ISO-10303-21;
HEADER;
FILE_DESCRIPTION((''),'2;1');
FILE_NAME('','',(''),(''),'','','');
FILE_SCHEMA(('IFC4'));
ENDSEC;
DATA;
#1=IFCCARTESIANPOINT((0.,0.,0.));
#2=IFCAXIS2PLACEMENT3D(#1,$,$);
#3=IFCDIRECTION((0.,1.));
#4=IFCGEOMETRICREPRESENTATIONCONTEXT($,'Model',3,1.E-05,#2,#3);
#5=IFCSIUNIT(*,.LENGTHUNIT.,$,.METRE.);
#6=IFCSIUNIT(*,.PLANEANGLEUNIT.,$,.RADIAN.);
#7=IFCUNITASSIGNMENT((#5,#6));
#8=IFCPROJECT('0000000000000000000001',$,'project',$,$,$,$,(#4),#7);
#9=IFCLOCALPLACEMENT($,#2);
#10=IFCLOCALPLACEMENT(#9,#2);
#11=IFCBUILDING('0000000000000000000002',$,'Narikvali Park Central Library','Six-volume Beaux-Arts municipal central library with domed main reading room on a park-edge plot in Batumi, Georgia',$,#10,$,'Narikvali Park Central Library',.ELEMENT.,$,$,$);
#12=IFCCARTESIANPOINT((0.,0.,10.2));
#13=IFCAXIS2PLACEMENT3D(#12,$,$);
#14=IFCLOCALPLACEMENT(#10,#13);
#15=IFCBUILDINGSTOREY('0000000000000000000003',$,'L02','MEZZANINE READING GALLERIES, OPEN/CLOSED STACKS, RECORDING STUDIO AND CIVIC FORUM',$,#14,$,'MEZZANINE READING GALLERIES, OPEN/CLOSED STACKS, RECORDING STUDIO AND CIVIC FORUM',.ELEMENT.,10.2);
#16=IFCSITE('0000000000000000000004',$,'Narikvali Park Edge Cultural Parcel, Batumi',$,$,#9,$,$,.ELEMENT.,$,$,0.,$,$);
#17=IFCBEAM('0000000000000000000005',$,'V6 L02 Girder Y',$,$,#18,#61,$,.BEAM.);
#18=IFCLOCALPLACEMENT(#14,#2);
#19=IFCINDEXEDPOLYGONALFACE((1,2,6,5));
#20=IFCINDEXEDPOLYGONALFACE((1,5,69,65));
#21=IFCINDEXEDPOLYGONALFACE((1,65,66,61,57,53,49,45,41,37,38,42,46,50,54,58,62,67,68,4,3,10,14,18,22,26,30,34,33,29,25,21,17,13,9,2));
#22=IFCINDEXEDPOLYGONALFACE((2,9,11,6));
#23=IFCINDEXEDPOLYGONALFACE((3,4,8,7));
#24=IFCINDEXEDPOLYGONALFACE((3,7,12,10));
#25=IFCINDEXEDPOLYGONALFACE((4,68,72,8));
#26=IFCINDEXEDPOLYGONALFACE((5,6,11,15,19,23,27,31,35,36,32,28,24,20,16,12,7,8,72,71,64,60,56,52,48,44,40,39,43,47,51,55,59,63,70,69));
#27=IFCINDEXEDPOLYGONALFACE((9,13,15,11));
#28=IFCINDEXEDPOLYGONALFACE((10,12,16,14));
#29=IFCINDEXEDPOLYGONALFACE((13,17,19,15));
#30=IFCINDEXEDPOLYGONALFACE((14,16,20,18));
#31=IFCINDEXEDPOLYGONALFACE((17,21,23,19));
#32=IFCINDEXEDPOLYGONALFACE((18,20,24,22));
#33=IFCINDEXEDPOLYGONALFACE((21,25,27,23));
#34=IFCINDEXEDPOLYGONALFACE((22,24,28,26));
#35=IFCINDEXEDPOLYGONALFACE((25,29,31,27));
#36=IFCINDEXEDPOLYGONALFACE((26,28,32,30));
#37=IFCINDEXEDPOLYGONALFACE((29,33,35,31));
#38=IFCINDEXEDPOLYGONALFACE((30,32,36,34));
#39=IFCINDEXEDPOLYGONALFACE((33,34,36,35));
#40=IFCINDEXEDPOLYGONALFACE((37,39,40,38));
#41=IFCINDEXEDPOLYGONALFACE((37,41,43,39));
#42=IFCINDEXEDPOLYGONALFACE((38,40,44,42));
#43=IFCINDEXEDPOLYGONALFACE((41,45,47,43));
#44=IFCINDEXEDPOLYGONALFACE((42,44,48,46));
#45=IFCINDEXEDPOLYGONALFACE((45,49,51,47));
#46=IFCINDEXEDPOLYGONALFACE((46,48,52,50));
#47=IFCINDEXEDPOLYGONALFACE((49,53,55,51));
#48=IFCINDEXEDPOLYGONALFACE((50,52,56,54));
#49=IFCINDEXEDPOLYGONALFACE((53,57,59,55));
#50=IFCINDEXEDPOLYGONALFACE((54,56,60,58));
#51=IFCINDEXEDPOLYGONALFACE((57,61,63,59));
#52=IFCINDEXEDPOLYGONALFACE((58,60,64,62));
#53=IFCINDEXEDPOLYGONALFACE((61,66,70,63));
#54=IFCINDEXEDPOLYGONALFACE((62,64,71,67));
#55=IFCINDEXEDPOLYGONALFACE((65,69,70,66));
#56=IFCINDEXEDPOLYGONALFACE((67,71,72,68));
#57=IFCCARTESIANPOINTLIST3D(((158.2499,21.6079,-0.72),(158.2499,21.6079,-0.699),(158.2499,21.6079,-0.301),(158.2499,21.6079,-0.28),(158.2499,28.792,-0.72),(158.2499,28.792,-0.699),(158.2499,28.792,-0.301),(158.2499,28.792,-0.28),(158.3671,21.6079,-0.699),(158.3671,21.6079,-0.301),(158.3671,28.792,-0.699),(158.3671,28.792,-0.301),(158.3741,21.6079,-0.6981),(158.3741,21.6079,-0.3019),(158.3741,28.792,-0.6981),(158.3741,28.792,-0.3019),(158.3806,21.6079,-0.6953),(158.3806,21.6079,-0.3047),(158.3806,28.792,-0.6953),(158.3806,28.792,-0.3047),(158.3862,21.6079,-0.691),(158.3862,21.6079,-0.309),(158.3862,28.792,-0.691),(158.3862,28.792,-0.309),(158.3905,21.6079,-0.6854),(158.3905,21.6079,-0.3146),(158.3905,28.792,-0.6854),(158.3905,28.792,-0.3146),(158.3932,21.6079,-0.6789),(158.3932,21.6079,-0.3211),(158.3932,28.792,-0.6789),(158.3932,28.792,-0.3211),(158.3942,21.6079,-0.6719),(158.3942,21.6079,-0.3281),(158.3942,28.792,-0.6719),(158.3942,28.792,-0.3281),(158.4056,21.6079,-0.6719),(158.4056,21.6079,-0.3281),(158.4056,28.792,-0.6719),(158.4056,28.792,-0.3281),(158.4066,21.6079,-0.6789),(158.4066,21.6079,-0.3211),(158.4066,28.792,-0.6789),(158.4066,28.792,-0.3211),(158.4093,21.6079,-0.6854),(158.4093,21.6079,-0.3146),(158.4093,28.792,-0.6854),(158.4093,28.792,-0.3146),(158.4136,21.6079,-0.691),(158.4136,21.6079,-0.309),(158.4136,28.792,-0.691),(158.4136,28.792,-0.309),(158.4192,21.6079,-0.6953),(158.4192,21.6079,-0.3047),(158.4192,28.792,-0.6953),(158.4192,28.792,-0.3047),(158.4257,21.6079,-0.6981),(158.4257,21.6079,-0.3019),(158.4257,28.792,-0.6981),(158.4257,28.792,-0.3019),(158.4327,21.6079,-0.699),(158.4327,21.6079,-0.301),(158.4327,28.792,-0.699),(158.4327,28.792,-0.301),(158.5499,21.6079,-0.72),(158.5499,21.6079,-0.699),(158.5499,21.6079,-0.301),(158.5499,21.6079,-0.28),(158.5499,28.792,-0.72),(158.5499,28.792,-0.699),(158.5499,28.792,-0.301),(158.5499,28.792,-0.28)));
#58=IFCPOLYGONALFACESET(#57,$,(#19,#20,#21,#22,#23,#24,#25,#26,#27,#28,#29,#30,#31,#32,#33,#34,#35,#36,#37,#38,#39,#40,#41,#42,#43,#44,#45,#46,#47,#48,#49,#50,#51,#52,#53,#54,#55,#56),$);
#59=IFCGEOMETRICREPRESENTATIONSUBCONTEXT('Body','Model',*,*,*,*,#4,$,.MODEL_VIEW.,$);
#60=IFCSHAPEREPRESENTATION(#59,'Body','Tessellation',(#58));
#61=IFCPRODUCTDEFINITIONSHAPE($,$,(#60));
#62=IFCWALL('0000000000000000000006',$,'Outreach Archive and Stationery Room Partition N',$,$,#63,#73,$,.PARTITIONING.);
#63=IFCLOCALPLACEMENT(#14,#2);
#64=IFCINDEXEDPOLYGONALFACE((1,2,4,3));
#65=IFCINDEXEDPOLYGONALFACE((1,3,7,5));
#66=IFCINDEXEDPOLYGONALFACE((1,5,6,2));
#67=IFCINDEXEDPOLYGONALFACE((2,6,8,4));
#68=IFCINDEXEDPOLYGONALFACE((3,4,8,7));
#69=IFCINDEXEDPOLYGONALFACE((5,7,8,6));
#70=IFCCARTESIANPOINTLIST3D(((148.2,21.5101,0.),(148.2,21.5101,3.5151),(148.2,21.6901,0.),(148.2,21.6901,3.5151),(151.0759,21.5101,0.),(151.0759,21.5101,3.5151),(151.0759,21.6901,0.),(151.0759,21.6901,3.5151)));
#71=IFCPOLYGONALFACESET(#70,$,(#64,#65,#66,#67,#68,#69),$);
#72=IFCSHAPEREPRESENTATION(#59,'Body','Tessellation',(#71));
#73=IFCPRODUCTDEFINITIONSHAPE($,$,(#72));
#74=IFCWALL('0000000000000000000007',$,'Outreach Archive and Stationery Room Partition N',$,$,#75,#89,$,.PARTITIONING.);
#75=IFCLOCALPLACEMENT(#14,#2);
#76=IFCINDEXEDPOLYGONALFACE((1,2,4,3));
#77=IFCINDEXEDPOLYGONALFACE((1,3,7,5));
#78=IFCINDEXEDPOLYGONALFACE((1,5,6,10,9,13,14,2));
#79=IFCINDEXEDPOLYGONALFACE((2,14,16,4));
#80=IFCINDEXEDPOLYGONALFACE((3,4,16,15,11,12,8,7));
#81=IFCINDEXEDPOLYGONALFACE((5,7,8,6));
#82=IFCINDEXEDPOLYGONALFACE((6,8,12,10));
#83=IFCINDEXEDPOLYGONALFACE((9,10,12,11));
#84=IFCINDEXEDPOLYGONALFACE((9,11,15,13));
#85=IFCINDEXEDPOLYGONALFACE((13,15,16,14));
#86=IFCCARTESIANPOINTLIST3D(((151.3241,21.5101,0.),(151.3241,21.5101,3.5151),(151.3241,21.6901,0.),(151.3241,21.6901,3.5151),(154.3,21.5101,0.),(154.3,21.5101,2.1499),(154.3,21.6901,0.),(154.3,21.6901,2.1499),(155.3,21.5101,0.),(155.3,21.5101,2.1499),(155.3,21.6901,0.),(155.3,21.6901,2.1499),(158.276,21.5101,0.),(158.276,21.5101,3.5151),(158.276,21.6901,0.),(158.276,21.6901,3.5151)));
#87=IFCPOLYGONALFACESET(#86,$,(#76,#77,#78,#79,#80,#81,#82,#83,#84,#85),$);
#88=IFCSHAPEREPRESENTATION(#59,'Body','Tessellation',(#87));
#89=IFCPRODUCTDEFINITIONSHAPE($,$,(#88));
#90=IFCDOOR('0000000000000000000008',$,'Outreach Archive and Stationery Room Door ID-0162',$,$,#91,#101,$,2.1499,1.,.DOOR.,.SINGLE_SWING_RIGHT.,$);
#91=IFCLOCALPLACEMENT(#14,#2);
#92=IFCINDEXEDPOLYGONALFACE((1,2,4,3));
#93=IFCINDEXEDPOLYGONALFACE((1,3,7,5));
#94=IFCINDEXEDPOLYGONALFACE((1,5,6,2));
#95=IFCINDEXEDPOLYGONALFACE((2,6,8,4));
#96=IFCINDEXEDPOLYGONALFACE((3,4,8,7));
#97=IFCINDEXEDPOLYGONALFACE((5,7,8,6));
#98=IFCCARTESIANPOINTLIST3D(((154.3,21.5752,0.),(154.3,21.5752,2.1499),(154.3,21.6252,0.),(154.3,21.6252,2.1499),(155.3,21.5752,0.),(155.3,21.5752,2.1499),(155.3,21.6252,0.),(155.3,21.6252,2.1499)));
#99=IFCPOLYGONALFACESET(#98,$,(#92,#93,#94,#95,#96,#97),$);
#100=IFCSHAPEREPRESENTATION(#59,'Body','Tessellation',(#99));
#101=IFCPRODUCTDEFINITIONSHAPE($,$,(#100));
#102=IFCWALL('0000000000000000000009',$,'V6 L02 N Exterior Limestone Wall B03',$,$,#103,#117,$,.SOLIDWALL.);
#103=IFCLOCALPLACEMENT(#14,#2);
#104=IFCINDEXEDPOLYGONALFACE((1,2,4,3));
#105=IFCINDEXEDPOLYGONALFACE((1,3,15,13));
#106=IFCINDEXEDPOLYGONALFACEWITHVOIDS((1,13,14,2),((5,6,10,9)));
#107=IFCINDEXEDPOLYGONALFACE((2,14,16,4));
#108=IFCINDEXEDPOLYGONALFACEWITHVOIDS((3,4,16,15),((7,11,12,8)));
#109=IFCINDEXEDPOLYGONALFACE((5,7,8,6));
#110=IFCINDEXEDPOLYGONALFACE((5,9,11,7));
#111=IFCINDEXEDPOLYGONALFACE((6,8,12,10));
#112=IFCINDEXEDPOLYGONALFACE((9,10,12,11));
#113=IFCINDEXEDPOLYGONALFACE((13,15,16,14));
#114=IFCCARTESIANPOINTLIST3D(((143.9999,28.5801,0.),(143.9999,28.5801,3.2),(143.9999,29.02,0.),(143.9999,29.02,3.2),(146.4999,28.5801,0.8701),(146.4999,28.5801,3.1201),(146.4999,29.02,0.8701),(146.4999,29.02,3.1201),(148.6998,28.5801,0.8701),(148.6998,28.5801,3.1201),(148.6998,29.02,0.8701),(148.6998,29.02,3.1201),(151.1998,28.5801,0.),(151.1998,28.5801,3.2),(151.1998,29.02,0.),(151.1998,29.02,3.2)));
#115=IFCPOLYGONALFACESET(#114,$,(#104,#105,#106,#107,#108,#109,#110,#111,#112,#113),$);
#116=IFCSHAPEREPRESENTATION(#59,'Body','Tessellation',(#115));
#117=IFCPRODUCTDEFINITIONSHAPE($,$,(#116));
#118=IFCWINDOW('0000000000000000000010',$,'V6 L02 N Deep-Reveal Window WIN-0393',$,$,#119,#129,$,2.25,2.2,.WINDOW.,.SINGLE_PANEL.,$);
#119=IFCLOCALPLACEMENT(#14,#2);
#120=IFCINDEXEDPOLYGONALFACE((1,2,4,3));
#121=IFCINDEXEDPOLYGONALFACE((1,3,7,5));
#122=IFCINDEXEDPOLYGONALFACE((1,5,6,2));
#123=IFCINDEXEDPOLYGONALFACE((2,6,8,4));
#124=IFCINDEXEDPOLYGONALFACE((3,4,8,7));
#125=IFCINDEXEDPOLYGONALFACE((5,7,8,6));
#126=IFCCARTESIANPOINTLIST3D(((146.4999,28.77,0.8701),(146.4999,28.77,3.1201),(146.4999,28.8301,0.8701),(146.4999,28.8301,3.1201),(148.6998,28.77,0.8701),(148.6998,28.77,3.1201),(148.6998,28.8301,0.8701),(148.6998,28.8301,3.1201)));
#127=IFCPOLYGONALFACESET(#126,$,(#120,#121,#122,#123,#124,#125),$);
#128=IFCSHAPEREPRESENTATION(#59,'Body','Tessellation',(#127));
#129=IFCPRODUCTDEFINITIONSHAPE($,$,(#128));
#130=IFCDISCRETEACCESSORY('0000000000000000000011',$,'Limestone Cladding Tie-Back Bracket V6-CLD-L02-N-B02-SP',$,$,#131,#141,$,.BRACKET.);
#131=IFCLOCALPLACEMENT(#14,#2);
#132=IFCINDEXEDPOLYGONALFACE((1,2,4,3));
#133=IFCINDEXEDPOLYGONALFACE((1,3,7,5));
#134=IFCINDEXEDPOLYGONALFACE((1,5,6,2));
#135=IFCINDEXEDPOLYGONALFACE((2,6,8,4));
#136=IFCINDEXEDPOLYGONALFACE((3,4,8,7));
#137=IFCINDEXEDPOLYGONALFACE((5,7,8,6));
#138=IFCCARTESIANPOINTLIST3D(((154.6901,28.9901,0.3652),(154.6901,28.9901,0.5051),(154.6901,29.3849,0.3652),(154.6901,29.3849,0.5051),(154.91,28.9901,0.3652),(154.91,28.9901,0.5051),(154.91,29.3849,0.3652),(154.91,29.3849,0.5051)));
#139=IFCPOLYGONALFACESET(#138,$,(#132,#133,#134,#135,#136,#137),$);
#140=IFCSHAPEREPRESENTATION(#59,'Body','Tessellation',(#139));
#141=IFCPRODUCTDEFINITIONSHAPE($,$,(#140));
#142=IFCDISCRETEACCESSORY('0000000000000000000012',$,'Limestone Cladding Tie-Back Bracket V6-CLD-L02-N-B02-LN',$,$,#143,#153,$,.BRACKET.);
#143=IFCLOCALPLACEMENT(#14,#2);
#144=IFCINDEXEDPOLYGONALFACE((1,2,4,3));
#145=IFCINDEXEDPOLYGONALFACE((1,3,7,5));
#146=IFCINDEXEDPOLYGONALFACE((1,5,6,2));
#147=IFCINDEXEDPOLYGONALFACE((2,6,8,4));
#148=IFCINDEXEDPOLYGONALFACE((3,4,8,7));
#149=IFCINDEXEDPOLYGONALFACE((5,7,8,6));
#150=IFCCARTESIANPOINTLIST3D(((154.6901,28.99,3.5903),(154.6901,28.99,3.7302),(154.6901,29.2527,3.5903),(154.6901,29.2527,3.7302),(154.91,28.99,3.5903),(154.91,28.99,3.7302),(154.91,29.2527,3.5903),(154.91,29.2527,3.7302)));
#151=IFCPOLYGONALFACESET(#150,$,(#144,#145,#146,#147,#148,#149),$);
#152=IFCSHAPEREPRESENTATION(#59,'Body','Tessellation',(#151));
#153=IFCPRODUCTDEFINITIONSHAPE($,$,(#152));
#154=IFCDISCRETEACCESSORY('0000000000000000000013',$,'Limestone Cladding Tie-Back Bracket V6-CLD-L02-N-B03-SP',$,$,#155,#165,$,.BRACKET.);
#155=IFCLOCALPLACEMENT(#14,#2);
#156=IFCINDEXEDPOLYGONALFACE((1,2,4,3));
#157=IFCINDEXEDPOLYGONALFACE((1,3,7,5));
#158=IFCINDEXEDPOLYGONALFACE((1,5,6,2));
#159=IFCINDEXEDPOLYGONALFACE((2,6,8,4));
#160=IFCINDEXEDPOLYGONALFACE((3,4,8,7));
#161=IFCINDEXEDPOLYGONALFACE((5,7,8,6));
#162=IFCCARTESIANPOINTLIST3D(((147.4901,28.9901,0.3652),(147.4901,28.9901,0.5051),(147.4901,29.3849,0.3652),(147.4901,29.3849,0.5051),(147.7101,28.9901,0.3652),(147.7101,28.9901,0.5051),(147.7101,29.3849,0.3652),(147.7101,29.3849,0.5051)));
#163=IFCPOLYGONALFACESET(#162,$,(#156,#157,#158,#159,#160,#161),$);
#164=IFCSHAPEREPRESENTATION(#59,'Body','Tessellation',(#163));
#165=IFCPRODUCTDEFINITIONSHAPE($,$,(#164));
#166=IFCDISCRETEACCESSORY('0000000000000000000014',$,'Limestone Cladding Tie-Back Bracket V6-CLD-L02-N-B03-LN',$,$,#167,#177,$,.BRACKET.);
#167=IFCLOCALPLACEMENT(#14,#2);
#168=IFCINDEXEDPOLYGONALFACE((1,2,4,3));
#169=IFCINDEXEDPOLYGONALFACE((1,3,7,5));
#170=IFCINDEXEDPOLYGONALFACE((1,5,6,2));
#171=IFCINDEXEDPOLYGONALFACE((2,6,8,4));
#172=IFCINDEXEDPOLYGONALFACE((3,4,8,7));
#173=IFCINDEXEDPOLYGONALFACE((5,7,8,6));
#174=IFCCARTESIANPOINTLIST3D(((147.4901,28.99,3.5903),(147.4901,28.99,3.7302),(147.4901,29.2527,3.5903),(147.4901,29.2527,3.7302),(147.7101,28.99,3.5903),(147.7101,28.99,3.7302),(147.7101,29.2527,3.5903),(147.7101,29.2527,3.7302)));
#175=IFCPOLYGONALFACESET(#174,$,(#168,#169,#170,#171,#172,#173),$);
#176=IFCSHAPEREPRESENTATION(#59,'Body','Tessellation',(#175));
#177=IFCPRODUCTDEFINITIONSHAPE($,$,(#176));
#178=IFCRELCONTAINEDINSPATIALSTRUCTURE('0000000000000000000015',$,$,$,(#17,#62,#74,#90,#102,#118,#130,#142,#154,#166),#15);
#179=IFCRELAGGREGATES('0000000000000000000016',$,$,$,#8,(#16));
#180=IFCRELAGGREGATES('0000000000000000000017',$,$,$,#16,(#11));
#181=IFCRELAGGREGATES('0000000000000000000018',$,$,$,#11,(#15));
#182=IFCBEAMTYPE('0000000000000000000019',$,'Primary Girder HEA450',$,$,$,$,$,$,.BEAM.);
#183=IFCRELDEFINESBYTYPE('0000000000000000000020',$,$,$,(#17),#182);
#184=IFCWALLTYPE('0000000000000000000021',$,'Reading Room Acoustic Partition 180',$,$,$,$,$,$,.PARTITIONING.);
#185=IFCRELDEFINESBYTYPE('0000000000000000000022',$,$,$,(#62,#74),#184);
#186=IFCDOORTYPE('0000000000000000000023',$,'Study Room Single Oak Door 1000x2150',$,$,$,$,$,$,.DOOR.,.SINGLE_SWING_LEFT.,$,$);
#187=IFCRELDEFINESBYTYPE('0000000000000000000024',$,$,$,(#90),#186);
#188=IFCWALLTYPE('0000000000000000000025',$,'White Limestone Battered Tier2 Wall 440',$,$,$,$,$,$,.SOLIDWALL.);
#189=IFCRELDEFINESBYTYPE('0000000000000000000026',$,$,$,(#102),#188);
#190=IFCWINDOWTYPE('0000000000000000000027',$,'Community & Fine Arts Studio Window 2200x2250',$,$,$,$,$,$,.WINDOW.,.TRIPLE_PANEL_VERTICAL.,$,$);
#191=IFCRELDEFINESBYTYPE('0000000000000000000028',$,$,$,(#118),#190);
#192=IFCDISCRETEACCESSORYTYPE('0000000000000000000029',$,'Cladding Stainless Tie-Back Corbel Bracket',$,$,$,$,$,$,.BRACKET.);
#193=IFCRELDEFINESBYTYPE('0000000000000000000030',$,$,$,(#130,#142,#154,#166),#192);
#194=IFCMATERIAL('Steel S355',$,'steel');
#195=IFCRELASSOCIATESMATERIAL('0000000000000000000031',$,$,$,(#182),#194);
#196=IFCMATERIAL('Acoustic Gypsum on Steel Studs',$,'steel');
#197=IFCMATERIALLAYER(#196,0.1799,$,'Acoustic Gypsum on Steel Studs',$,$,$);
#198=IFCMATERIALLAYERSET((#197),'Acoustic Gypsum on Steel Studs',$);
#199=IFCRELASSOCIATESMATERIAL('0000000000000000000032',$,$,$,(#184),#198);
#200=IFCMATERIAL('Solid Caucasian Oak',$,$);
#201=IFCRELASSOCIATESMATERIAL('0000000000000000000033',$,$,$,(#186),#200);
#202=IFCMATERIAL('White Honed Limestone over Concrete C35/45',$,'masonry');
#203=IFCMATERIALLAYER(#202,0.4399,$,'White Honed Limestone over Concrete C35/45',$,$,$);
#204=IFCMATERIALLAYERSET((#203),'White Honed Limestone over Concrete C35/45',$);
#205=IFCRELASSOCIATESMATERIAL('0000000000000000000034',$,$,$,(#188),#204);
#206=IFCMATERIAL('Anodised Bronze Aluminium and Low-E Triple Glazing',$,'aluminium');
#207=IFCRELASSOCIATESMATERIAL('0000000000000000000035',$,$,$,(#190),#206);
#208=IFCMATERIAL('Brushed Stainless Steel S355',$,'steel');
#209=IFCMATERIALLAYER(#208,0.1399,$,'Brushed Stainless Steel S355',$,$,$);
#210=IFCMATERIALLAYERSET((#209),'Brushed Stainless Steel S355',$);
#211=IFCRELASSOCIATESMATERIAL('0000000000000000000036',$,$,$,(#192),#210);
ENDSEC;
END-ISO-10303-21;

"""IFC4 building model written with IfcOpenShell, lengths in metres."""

from ifc_helpers import new_model, si_unit, direction, frame, frame_2d, origin, origin_2d, place, context, subcontext, project, spatial, rectangle, i_section, extrude, material, layer, layer_set, material_profile, profile_set, type_object, element, fill, save


model = new_model("IFC4")

# Units and contexts
model_context = context("Model", 3, precision=1e-05, world=origin(), true_north=direction((0.0, 1.0)))
body_context = subcontext(model_context, "Body", "Model", "MODEL_VIEW")
ifc_project = project(units=[si_unit("LENGTHUNIT", "METRE"), si_unit("PLANEANGLEUNIT", "RADIAN")], contexts=[model_context])

# Site, building, storey
site_placement = place(None, origin())
site = spatial("IfcSite", under=ifc_project, at=site_placement, Name="Narikvali Park Edge Cultural Parcel, Batumi", CompositionType="ELEMENT", RefElevation=0.0)
building_placement = place(site_placement, origin())
building = spatial("IfcBuilding", under=site, at=building_placement, Name="Narikvali Park Central Library", Description="Six-volume Beaux-Arts municipal central library with domed main reading room on a park-edge plot in Batumi, Georgia", LongName="Narikvali Park Central Library", CompositionType="ELEMENT")
storey_placement = place(building_placement, frame((0.0, 0.0, 10.2)))
storey = spatial("IfcBuildingStorey", under=building, at=storey_placement, Name="L02", Description="MEZZANINE READING GALLERIES, OPEN/CLOSED STACKS, RECORDING STUDIO AND CIVIC FORUM", LongName="MEZZANINE READING GALLERIES, OPEN/CLOSED STACKS, RECORDING STUDIO AND CIVIC FORUM", CompositionType="ELEMENT", Elevation=10.2)

# Shared definitions
ifc_material_1 = material(Name="Steel S355", Category="steel")

# Beam
ifc_material_profile_1 = material_profile(ifc_material_1, i_section(OverallWidth=0.3, OverallDepth=0.4399, WebThickness=0.0115, FlangeThickness=0.021, FilletRadius=0.0271, at=origin_2d()), Name="HEA 450")
ifc_profile_set_1 = profile_set([ifc_material_profile_1], Name="Steel S355")
beam_type_1 = type_object("IfcBeamType", Name="Primary Girder HEA450", PredefinedType="BEAM", material=ifc_profile_set_1)
beam_1_placement = place(storey_placement, frame((158.3999, 21.6079, -0.5), z_axis=(0.0, 1.0, 0.0), x_axis=(-1.0, 0.0, 0.0)))
element("IfcBeam", 1, at=beam_1_placement, inside=storey, type_object=beam_type_1, Name="V6 L02 Girder Y", PredefinedType="BEAM", context=body_context, shape_type="SweptSolid", body=[
    extrude(i_section(OverallWidth=0.3, OverallDepth=0.4399, WebThickness=0.0115, FlangeThickness=0.021, FilletRadius=0.0271, at=origin_2d()), origin(), (0.0, 0.0, 1.0), 7.1841),
])

# Wall
ifc_material_2 = material(Name="Acoustic Gypsum on Steel Studs", Category="steel")
ifc_layer_1 = layer(ifc_material_2, 0.1799, Name="Acoustic Gypsum on Steel Studs")
ifc_layer_set_1 = layer_set([ifc_layer_1], Name="Acoustic Gypsum on Steel Studs")
wall_type_1 = type_object("IfcWallType", Name="Reading Room Acoustic Partition 180", PredefinedType="PARTITIONING", material=ifc_layer_set_1)
wall_1_placement = place(storey_placement, frame((148.2, 21.6001, 0.0), z_axis=(0.0, 0.0, 1.0), x_axis=(1.0, 0.0, 0.0)))
element("IfcWall", 2, at=wall_1_placement, inside=storey, type_object=wall_type_1, Name="Outreach Archive and Stationery Room Partition N", PredefinedType="PARTITIONING", context=body_context, shape_type="SweptSolid", body=[
    extrude(rectangle(XDim=2.876, YDim=0.1799, at=frame_2d((1.438, 0.0))), origin(), (0.0, 0.0, 1.0), 3.5151),
])

# Wall, opening, door
wall_2_placement = place(storey_placement, frame((151.324, 21.6001, 0.0), z_axis=(0.0, 0.0, 1.0), x_axis=(1.0, 0.0, 0.0)))
wall_2 = element("IfcWall", 3, at=wall_2_placement, inside=storey, type_object=wall_type_1, Name="Outreach Archive and Stationery Room Partition N", PredefinedType="PARTITIONING", context=body_context, shape_type="SweptSolid", body=[
    extrude(rectangle(XDim=6.9519, YDim=0.1799, at=frame_2d((3.4761, 0.0))), origin(), (0.0, 0.0, 1.0), 3.5151),
])
opening_1_placement = place(wall_2_placement, frame((2.9761, 0.0, 0.0)))
opening_1 = element("IfcOpeningElement", 4, at=opening_1_placement, cuts=wall_2, PredefinedType="OPENING", context=body_context, shape_type="SweptSolid", body=[
    extrude(rectangle(XDim=1.0, YDim=2.1499, at=frame_2d((0.5, 1.075))), frame((0.0, 0.1021, 0.0), z_axis=(0.0, -1.0, 0.0), x_axis=(1.0, 0.0, 0.0)), (0.0, 0.0, 1.0), 0.2039),
])
ifc_material_3 = material(Name="Solid Caucasian Oak")
door_type = type_object("IfcDoorType", Name="Study Room Single Oak Door 1000x2150", OperationType="SINGLE_SWING_LEFT", PredefinedType="DOOR", material=ifc_material_3)
door_placement = place(opening_1_placement, frame((1.0, 0.0, 0.0), z_axis=(0.0, 0.0, 1.0), x_axis=(-1.0, 0.0, 0.0)))
door = element("IfcDoor", 5, at=door_placement, inside=storey, type_object=door_type, Name="Outreach Archive and Stationery Room Door ID-0162", OperationType="SINGLE_SWING_RIGHT", OverallHeight=2.1499, OverallWidth=1.0, PredefinedType="DOOR", context=body_context, shape_type="SweptSolid", body=[
    extrude(rectangle(XDim=1.0, YDim=2.1499, at=frame_2d((0.5, 1.075))), frame((0.0, 0.0249, 0.0), z_axis=(0.0, -1.0, 0.0), x_axis=(1.0, 0.0, 0.0)), (0.0, 0.0, 1.0), 0.05),
])
fill(opening_1, door)

# Wall, opening, window
ifc_material_4 = material(Name="White Honed Limestone over Concrete C35/45", Category="masonry")
ifc_layer_2 = layer(ifc_material_4, 0.4399, Name="White Honed Limestone over Concrete C35/45")
ifc_layer_set_2 = layer_set([ifc_layer_2], Name="White Honed Limestone over Concrete C35/45")
wall_type_2 = type_object("IfcWallType", Name="White Limestone Battered Tier2 Wall 440", PredefinedType="SOLIDWALL", material=ifc_layer_set_2)
wall_3_placement = place(storey_placement, frame((151.2, 28.8, 0.0), z_axis=(0.0, 0.0, 1.0), x_axis=(-1.0, 0.0, 0.0)))
wall_3 = element("IfcWall", 6, at=wall_3_placement, inside=storey, type_object=wall_type_2, Name="V6 L02 N Exterior Limestone Wall B03", PredefinedType="SOLIDWALL", context=body_context, shape_type="SweptSolid", body=[
    extrude(rectangle(XDim=7.2, YDim=0.4399, at=frame_2d((3.6001, 0.0))), origin(), (0.0, 0.0, 1.0), 3.2),
])
opening_2_placement = place(wall_3_placement, frame((2.5, 0.0, 0.8701)))
opening_2 = element("IfcOpeningElement", 7, at=opening_2_placement, cuts=wall_3, PredefinedType="OPENING", context=body_context, shape_type="SweptSolid", body=[
    extrude(rectangle(XDim=2.2, YDim=2.25, at=frame_2d((1.1001, 1.125))), frame((0.0, 0.2319, 0.0), z_axis=(0.0, -1.0, 0.0), x_axis=(1.0, 0.0, 0.0)), (0.0, 0.0, 1.0), 0.4639),
])
ifc_material_5 = material(Name="Anodised Bronze Aluminium and Low-E Triple Glazing", Category="aluminium")
window_type = type_object("IfcWindowType", Name="Community & Fine Arts Studio Window 2200x2250", PartitioningType="TRIPLE_PANEL_VERTICAL", PredefinedType="WINDOW", material=ifc_material_5)
window_placement = place(opening_2_placement, origin())
window = element("IfcWindow", 8, at=window_placement, inside=storey, type_object=window_type, Name="V6 L02 N Deep-Reveal Window WIN-0393", OverallHeight=2.25, OverallWidth=2.2, PartitioningType="SINGLE_PANEL", PredefinedType="WINDOW", context=body_context, shape_type="SweptSolid", body=[
    extrude(rectangle(XDim=2.2, YDim=2.25, at=frame_2d((1.1001, 1.125))), frame((0.0, 0.03, 0.0), z_axis=(0.0, -1.0, 0.0), x_axis=(1.0, 0.0, 0.0)), (0.0, 0.0, 1.0), 0.0601),
])
fill(opening_2, window)

# Discrete accessories
ifc_material_6 = material(Name="Brushed Stainless Steel S355", Category="steel")
ifc_layer_3 = layer(ifc_material_6, 0.1399, Name="Brushed Stainless Steel S355")
ifc_layer_set_3 = layer_set([ifc_layer_3], Name="Brushed Stainless Steel S355")
discrete_accessory_type = type_object("IfcDiscreteAccessoryType", Name="Cladding Stainless Tie-Back Corbel Bracket", PredefinedType="BRACKET", material=ifc_layer_set_3)
discrete_accessory_1_placement = place(storey_placement, frame((154.8, 29.1875, 0.3652), z_axis=(0.0, 0.0, 1.0), x_axis=(1.0, 0.0, 0.0)))
element("IfcDiscreteAccessory", 9, at=discrete_accessory_1_placement, inside=storey, type_object=discrete_accessory_type, Name="Limestone Cladding Tie-Back Bracket V6-CLD-L02-N-B02-SP", PredefinedType="BRACKET", context=body_context, shape_type="SweptSolid", body=[
    extrude(rectangle(XDim=0.22, YDim=0.3948, at=origin_2d()), origin(), (0.0, 0.0, 1.0), 0.1399),
])
discrete_accessory_2_placement = place(storey_placement, frame((154.8, 29.1213, 3.5903), z_axis=(0.0, 0.0, 1.0), x_axis=(1.0, 0.0, 0.0)))
element("IfcDiscreteAccessory", 10, at=discrete_accessory_2_placement, inside=storey, type_object=discrete_accessory_type, Name="Limestone Cladding Tie-Back Bracket V6-CLD-L02-N-B02-LN", PredefinedType="BRACKET", context=body_context, shape_type="SweptSolid", body=[
    extrude(rectangle(XDim=0.22, YDim=0.2627, at=origin_2d()), origin(), (0.0, 0.0, 1.0), 0.1399),
])
discrete_accessory_3_placement = place(storey_placement, frame((147.6001, 29.1875, 0.3652), z_axis=(0.0, 0.0, 1.0), x_axis=(1.0, 0.0, 0.0)))
element("IfcDiscreteAccessory", 11, at=discrete_accessory_3_placement, inside=storey, type_object=discrete_accessory_type, Name="Limestone Cladding Tie-Back Bracket V6-CLD-L02-N-B03-SP", PredefinedType="BRACKET", context=body_context, shape_type="SweptSolid", body=[
    extrude(rectangle(XDim=0.22, YDim=0.3948, at=origin_2d()), origin(), (0.0, 0.0, 1.0), 0.1399),
])
discrete_accessory_4_placement = place(storey_placement, frame((147.6001, 29.1213, 3.5903), z_axis=(0.0, 0.0, 1.0), x_axis=(1.0, 0.0, 0.0)))
element("IfcDiscreteAccessory", 12, at=discrete_accessory_4_placement, inside=storey, type_object=discrete_accessory_type, Name="Limestone Cladding Tie-Back Bracket V6-CLD-L02-N-B03-LN", PredefinedType="BRACKET", context=body_context, shape_type="SweptSolid", body=[
    extrude(rectangle(XDim=0.22, YDim=0.2627, at=origin_2d()), origin(), (0.0, 0.0, 1.0), 0.1399),
])

save(model, "model.ifc")
